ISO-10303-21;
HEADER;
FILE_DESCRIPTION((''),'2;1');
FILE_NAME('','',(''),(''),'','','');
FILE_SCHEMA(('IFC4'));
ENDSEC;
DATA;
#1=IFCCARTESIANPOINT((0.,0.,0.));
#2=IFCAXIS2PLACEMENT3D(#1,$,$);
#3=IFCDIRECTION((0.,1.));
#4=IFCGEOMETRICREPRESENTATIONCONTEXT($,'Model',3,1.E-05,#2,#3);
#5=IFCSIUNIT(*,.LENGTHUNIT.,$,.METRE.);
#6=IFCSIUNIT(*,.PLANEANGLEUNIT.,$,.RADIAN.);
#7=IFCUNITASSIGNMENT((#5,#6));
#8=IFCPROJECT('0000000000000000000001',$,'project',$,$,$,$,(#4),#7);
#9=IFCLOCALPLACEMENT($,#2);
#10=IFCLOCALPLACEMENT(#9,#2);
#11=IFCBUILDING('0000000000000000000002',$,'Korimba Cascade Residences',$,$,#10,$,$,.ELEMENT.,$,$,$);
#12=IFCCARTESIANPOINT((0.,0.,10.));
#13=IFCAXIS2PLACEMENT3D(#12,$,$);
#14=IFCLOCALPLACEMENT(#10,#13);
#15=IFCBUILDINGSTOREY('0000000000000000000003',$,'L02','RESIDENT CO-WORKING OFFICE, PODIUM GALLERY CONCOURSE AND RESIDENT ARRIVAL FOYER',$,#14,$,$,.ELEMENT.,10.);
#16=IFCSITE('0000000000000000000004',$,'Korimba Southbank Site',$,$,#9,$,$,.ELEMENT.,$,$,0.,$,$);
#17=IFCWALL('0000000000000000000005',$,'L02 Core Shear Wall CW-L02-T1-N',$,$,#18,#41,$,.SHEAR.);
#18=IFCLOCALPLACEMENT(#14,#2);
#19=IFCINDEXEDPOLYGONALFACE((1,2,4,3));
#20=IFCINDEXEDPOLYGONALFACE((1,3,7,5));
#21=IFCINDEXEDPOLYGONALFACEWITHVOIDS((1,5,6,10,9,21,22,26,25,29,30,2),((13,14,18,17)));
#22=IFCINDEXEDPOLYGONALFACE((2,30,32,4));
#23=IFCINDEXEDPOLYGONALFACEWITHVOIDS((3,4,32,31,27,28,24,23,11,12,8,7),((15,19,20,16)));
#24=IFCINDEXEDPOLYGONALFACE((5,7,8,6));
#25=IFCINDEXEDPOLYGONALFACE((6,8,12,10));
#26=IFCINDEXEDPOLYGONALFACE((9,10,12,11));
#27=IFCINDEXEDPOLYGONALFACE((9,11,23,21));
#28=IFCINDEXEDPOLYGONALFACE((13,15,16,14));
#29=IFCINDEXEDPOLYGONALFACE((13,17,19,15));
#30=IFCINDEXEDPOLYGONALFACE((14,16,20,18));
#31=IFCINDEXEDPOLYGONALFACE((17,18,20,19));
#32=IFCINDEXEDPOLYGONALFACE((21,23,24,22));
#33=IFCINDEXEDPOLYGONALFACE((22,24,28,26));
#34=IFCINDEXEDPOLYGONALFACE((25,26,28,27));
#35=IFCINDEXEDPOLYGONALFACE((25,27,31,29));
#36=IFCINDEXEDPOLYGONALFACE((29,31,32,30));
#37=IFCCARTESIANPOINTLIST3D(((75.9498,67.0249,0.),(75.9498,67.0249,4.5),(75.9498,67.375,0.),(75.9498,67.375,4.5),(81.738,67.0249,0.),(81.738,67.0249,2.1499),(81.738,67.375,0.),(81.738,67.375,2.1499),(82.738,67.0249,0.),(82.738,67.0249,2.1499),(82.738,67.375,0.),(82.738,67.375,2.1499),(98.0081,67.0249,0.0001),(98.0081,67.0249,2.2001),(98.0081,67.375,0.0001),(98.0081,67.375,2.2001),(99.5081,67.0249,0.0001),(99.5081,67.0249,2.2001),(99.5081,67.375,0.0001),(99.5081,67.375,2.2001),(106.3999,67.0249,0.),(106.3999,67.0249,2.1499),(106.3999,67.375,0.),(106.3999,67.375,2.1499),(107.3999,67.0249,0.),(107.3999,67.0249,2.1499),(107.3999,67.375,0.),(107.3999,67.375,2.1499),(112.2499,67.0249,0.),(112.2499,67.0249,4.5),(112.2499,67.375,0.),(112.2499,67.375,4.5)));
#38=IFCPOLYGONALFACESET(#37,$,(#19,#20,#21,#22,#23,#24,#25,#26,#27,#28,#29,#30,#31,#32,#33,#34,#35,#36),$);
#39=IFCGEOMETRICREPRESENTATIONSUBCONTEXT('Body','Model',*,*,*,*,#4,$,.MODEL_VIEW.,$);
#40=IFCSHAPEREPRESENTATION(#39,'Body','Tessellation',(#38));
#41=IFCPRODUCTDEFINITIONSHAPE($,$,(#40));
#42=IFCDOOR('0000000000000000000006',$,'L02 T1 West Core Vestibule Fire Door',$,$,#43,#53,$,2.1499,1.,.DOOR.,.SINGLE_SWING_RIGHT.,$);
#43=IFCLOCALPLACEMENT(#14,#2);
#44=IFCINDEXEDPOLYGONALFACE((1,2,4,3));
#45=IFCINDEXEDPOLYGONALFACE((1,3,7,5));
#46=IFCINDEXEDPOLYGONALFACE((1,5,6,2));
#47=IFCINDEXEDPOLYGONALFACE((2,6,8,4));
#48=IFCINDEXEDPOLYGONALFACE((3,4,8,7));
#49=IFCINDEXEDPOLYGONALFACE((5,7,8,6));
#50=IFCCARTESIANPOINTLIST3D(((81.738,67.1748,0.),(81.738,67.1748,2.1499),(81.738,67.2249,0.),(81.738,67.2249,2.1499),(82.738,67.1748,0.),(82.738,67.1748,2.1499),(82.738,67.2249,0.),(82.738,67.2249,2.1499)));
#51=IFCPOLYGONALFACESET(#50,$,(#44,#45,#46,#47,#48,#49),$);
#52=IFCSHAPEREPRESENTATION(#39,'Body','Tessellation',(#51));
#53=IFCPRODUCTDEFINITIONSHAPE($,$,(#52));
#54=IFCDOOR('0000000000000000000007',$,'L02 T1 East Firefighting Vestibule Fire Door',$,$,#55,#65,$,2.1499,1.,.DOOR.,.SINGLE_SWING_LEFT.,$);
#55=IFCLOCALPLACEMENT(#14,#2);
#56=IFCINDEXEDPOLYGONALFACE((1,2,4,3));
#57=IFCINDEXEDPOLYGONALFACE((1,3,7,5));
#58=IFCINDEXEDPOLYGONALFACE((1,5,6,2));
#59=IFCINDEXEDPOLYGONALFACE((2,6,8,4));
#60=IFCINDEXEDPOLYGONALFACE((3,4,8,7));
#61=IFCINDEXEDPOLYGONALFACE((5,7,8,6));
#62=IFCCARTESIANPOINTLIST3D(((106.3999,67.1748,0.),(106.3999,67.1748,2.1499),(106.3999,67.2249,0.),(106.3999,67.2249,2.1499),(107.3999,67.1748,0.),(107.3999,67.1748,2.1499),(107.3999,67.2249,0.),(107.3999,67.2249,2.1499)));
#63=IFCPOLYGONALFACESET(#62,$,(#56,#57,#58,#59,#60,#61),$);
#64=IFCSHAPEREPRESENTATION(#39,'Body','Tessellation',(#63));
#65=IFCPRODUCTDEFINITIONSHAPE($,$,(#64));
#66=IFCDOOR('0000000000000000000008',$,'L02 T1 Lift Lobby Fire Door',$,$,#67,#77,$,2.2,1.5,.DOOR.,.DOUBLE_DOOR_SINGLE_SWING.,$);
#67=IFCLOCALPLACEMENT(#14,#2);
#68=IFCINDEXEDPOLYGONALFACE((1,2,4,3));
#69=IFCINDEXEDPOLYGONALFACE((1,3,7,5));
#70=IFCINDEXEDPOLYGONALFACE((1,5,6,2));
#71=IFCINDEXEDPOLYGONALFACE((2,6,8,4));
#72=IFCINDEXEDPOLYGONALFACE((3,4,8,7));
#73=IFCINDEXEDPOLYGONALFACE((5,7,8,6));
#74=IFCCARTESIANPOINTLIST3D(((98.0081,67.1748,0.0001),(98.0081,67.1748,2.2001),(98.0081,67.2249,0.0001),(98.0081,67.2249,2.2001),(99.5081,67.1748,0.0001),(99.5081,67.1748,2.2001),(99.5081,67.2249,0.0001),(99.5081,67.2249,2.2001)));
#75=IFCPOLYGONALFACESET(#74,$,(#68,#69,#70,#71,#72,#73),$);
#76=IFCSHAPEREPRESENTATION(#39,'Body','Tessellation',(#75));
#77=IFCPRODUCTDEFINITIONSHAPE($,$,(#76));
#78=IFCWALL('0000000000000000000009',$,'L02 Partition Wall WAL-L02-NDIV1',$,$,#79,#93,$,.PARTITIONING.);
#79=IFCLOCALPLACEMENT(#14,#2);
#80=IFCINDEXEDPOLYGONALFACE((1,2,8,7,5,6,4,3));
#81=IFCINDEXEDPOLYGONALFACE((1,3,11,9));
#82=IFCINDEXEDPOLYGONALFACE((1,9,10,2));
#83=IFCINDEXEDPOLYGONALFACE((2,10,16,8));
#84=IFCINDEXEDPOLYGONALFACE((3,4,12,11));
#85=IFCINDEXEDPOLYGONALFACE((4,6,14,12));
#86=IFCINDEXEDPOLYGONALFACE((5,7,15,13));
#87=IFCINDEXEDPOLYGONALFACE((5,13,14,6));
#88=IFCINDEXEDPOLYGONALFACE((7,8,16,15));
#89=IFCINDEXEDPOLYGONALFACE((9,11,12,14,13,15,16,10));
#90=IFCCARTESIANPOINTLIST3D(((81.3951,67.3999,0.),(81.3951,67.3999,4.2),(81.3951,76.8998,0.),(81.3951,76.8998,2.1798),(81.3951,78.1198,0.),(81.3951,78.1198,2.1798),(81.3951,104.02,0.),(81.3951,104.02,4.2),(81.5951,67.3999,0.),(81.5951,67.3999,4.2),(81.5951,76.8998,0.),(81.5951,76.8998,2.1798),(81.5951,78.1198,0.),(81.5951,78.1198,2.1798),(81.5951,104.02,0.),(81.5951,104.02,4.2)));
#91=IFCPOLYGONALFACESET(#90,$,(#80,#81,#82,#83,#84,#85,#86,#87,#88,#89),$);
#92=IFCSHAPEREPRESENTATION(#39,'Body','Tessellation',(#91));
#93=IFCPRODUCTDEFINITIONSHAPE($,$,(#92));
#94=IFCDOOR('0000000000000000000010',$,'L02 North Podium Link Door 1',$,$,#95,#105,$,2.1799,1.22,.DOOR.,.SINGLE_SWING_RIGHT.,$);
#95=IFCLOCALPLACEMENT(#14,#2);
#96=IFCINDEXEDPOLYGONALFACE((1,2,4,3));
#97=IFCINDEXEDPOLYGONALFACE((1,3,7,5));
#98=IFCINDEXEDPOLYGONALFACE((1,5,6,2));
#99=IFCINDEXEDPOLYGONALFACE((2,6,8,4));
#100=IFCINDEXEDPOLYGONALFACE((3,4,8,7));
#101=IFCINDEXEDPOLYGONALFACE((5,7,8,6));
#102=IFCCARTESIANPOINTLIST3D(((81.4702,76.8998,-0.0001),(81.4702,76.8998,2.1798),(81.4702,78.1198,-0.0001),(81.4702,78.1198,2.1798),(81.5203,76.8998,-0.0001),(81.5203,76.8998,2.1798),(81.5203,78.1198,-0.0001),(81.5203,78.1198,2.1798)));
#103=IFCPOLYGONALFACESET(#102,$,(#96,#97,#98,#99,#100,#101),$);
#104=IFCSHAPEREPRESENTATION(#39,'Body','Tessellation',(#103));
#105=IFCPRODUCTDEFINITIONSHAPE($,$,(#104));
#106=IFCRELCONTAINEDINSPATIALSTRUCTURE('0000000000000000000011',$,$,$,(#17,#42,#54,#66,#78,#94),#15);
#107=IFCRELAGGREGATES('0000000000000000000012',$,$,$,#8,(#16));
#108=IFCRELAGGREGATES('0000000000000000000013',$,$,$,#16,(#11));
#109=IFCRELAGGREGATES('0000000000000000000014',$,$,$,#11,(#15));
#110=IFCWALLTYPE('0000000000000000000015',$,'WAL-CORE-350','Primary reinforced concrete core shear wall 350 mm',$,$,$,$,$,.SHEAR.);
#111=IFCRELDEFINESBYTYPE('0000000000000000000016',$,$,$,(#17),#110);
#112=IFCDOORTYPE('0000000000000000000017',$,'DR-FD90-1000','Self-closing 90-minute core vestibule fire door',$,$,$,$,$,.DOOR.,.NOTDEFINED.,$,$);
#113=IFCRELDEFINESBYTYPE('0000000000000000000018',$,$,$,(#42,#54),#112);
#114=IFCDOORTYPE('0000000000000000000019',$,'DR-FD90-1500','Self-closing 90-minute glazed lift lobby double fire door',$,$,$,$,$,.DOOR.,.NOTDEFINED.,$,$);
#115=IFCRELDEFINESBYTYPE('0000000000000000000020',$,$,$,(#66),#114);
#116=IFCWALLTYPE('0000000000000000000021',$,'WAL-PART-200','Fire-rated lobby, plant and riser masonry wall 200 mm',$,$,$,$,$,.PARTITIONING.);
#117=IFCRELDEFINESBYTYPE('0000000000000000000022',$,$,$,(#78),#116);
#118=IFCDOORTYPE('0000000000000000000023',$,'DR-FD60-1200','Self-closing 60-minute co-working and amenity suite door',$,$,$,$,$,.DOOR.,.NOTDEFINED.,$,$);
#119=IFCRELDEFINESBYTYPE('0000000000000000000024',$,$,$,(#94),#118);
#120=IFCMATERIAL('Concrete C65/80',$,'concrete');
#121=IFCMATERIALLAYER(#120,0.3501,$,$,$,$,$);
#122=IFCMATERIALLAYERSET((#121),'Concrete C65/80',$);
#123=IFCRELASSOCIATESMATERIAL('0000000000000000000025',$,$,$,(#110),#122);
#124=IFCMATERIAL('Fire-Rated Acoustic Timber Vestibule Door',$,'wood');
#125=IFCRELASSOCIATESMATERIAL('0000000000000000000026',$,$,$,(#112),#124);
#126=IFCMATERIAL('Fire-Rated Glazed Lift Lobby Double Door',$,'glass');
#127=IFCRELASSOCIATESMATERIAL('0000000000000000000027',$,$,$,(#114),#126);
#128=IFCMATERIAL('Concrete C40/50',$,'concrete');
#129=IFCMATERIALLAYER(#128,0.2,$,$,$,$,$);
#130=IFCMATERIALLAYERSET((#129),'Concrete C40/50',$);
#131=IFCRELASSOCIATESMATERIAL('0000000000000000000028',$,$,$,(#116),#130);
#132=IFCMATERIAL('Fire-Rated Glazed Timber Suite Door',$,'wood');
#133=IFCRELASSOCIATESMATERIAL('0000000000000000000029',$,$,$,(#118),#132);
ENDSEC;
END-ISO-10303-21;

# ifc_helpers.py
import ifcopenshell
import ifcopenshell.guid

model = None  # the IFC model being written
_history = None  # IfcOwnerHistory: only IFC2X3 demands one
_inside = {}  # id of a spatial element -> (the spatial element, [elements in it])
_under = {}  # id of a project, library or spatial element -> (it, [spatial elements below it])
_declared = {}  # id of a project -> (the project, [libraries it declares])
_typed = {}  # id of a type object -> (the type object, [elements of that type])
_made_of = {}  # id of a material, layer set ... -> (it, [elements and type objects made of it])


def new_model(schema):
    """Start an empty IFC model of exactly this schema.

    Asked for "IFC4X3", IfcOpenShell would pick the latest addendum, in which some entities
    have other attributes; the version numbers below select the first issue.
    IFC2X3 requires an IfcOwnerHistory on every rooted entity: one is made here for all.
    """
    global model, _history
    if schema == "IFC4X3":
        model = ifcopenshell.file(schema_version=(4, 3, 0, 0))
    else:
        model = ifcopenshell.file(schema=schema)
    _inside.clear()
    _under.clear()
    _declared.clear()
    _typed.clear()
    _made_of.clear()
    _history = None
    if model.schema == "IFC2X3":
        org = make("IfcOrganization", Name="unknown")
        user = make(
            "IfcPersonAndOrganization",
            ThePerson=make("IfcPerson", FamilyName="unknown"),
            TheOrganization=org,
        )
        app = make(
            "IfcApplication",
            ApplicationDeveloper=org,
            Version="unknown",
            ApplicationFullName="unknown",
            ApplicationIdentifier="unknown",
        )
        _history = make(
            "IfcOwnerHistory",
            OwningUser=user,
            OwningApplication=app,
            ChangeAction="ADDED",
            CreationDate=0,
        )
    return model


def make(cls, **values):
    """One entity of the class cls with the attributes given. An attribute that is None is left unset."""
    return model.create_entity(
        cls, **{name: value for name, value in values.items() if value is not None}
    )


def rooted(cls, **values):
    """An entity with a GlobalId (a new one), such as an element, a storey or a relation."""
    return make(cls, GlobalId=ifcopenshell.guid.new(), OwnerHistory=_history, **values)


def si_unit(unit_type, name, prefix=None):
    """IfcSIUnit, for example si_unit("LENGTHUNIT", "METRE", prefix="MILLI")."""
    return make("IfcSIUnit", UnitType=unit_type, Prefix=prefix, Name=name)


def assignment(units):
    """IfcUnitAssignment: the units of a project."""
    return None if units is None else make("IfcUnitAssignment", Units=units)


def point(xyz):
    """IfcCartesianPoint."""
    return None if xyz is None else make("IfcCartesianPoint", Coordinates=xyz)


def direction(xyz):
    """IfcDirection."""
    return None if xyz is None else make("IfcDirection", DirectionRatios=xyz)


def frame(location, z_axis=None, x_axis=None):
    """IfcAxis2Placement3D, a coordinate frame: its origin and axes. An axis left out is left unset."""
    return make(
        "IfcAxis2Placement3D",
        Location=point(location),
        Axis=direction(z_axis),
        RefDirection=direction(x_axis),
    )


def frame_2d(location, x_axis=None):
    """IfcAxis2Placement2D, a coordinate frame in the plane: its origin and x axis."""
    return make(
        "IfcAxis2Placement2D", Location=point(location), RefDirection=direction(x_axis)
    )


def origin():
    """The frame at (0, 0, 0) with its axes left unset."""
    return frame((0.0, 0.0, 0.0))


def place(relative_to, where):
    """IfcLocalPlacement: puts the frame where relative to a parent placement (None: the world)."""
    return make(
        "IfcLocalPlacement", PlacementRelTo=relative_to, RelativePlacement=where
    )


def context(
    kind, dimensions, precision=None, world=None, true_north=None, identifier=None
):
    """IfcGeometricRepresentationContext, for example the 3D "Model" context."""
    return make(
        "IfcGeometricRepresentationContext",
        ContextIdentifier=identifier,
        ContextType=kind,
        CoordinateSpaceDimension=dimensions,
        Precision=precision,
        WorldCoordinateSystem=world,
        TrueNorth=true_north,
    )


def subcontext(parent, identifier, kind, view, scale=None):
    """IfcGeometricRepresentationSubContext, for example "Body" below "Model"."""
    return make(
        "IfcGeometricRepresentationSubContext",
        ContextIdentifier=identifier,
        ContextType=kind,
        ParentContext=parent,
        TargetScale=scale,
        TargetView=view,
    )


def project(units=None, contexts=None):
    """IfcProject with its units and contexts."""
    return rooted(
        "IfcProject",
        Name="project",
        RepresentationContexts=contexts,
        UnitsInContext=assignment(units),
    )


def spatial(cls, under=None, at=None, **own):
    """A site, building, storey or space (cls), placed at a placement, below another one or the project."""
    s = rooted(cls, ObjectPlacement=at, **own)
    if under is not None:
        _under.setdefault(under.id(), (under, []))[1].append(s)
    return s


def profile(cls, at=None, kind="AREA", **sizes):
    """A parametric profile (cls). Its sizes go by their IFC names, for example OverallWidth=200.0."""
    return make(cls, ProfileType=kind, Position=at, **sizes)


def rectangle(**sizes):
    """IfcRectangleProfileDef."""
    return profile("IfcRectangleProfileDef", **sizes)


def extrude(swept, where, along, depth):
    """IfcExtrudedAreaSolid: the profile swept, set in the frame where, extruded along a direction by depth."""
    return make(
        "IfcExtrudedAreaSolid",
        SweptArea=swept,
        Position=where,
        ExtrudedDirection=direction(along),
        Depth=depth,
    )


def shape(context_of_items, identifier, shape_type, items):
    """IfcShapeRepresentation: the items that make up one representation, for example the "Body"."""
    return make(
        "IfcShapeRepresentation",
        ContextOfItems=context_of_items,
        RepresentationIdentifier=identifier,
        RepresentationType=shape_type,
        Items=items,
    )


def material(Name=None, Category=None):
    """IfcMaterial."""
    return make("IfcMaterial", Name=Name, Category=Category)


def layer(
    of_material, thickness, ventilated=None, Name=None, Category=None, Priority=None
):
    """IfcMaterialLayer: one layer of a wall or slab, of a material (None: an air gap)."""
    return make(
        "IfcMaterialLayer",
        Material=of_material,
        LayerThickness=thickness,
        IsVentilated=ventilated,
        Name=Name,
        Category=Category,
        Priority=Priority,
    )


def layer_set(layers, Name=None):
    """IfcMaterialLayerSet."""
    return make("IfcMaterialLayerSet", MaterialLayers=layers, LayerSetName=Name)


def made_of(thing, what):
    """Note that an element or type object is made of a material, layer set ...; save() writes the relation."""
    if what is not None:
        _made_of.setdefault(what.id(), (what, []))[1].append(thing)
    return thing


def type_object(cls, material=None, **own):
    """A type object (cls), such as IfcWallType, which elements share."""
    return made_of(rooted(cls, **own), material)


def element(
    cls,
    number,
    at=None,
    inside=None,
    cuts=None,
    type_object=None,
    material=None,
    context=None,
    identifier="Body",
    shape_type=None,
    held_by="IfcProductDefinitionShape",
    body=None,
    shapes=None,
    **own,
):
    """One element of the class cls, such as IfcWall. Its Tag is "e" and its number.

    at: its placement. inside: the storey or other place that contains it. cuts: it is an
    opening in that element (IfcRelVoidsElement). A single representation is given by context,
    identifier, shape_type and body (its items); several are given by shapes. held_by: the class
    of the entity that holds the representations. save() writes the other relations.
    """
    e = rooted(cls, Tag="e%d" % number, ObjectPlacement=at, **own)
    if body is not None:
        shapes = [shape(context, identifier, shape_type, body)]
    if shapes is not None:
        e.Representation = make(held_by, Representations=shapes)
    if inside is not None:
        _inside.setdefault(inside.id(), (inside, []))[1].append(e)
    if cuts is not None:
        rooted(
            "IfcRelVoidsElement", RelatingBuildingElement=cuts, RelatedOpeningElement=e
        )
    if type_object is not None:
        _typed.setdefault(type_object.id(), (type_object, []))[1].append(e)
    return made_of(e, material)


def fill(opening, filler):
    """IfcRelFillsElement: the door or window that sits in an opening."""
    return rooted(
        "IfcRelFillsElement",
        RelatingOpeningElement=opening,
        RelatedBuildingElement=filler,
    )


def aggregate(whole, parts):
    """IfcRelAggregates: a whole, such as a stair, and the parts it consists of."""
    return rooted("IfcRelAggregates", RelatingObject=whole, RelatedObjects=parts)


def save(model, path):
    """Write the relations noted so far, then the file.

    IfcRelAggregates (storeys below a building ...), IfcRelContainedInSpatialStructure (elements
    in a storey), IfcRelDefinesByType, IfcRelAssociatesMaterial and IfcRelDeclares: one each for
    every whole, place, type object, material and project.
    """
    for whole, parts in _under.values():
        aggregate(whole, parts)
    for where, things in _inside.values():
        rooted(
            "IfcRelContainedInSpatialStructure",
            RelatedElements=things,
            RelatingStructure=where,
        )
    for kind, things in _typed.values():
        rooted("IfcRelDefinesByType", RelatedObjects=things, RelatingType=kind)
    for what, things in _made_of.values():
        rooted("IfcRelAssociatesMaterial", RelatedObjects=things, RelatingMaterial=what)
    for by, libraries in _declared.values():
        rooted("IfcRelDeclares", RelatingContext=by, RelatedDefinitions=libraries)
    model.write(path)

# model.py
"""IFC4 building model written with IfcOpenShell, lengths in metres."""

from ifc_helpers import new_model, si_unit, direction, frame, frame_2d, origin, place, context, subcontext, project, spatial, rectangle, extrude, material, layer, layer_set, type_object, element, fill, save


model = new_model("IFC4")

# Units and contexts
model_context = context("Model", 3, precision=1e-05, world=origin(), true_north=direction((0.0, 1.0)))
body_context = subcontext(model_context, "Body", "Model", "MODEL_VIEW")
ifc_project = project(units=[si_unit("LENGTHUNIT", "METRE"), si_unit("PLANEANGLEUNIT", "RADIAN")], contexts=[model_context])

# Site, building, storey
site_placement = place(None, origin())
site = spatial("IfcSite", under=ifc_project, at=site_placement, Name="Korimba Southbank Site", CompositionType="ELEMENT", RefElevation=0.0)
building_placement = place(site_placement, origin())
building = spatial("IfcBuilding", under=site, at=building_placement, Name="Korimba Cascade Residences", CompositionType="ELEMENT")
storey_placement = place(building_placement, frame((0.0, 0.0, 10.0)))
storey = spatial("IfcBuildingStorey", under=building, at=storey_placement, Name="L02", Description="RESIDENT CO-WORKING OFFICE, PODIUM GALLERY CONCOURSE AND RESIDENT ARRIVAL FOYER", CompositionType="ELEMENT", Elevation=10.0)

# Wall, openings, doors
ifc_material_1 = material(Name="Concrete C65/80", Category="concrete")
ifc_layer_1 = layer(ifc_material_1, 0.3501)
ifc_layer_set_1 = layer_set([ifc_layer_1], Name="Concrete C65/80")
wall_type_1 = type_object("IfcWallType", Name="WAL-CORE-350", Description="Primary reinforced concrete core shear wall 350 mm", PredefinedType="SHEAR", material=ifc_layer_set_1)
wall_1_placement = place(storey_placement, frame((75.95, 67.2, 0.0), z_axis=(0.0, 0.0, 1.0), x_axis=(1.0, 0.0, 0.0)))
wall_1 = element("IfcWall", 1, at=wall_1_placement, inside=storey, type_object=wall_type_1, Name="L02 Core Shear Wall CW-L02-T1-N", PredefinedType="SHEAR", context=body_context, shape_type="SweptSolid", body=[
    extrude(rectangle(XDim=36.3, YDim=0.3501, at=frame_2d((18.1499, 0.0))), origin(), (0.0, 0.0, 1.0), 4.5),
])
opening_1_placement = place(wall_1_placement, frame((5.7881, 0.0, 0.0)))
opening_1 = element("IfcOpeningElement", 2, at=opening_1_placement, cuts=wall_1, PredefinedType="OPENING", context=body_context, shape_type="SweptSolid", body=[
    extrude(rectangle(XDim=1.0, YDim=2.1499, at=frame_2d((0.5, 1.075))), frame((0.0, 0.1851, 0.0), z_axis=(0.0, -1.0, 0.0), x_axis=(1.0, 0.0, 0.0)), (0.0, 0.0, 1.0), 0.3701),
])
opening_2_placement = place(wall_1_placement, frame((22.0581, 0.0, 0.0)))
opening_2 = element("IfcOpeningElement", 3, at=opening_2_placement, cuts=wall_1, PredefinedType="OPENING", context=body_context, shape_type="SweptSolid", body=[
    extrude(rectangle(XDim=1.5, YDim=2.2, at=frame_2d((0.75, 1.1001))), frame((0.0, 0.1851, 0.0), z_axis=(0.0, -1.0, 0.0), x_axis=(1.0, 0.0, 0.0)), (0.0, 0.0, 1.0), 0.3701),
])
opening_3_placement = place(wall_1_placement, frame((30.45, 0.0, 0.0)))
opening_3 = element("IfcOpeningElement", 4, at=opening_3_placement, cuts=wall_1, PredefinedType="OPENING", context=body_context, shape_type="SweptSolid", body=[
    extrude(rectangle(XDim=1.0, YDim=2.1499, at=frame_2d((0.5, 1.075))), frame((0.0, 0.1851, 0.0), z_axis=(0.0, -1.0, 0.0), x_axis=(1.0, 0.0, 0.0)), (0.0, 0.0, 1.0), 0.3701),
])
ifc_material_2 = material(Name="Fire-Rated Acoustic Timber Vestibule Door", Category="wood")
door_type_1 = type_object("IfcDoorType", Name="DR-FD90-1000", Description="Self-closing 90-minute core vestibule fire door", OperationType="NOTDEFINED", PredefinedType="DOOR", material=ifc_material_2)
door_1_placement = place(opening_1_placement, origin())
door_1 = element("IfcDoor", 5, at=door_1_placement, inside=storey, type_object=door_type_1, Name="L02 T1 West Core Vestibule Fire Door", OperationType="SINGLE_SWING_RIGHT", OverallHeight=2.1499, OverallWidth=1.0, PredefinedType="DOOR", context=body_context, shape_type="SweptSolid", body=[
    extrude(rectangle(XDim=1.0, YDim=2.1499, at=frame_2d((0.5, 1.075))), frame((0.0, 0.0249, 0.0), z_axis=(0.0, -1.0, 0.0), x_axis=(1.0, 0.0, 0.0)), (0.0, 0.0, 1.0), 0.05),
])
fill(opening_1, door_1)
door_2_placement = place(opening_3_placement, origin())
door_2 = element("IfcDoor", 6, at=door_2_placement, inside=storey, type_object=door_type_1, Name="L02 T1 East Firefighting Vestibule Fire Door", OperationType="SINGLE_SWING_LEFT", OverallHeight=2.1499, OverallWidth=1.0, PredefinedType="DOOR", context=body_context, shape_type="SweptSolid", body=[
    extrude(rectangle(XDim=1.0, YDim=2.1499, at=frame_2d((0.5, 1.075))), frame((0.0, 0.0249, 0.0), z_axis=(0.0, -1.0, 0.0), x_axis=(1.0, 0.0, 0.0)), (0.0, 0.0, 1.0), 0.05),
])
fill(opening_3, door_2)
ifc_material_3 = material(Name="Fire-Rated Glazed Lift Lobby Double Door", Category="glass")
door_type_2 = type_object("IfcDoorType", Name="DR-FD90-1500", Description="Self-closing 90-minute glazed lift lobby double fire door", OperationType="NOTDEFINED", PredefinedType="DOOR", material=ifc_material_3)
door_3_placement = place(opening_2_placement, origin())
door_3 = element("IfcDoor", 7, at=door_3_placement, inside=storey, type_object=door_type_2, Name="L02 T1 Lift Lobby Fire Door", OperationType="DOUBLE_DOOR_SINGLE_SWING", OverallHeight=2.2, OverallWidth=1.5, PredefinedType="DOOR", context=body_context, shape_type="SweptSolid", body=[
    extrude(rectangle(XDim=1.5, YDim=2.2, at=frame_2d((0.75, 1.1001))), frame((0.0, 0.0249, 0.0), z_axis=(0.0, -1.0, 0.0), x_axis=(1.0, 0.0, 0.0)), (0.0, 0.0, 1.0), 0.05),
])
fill(opening_2, door_3)

# Wall, opening, door
ifc_material_4 = material(Name="Concrete C40/50", Category="concrete")
ifc_layer_2 = layer(ifc_material_4, 0.2)
ifc_layer_set_2 = layer_set([ifc_layer_2], Name="Concrete C40/50")
wall_type_2 = type_object("IfcWallType", Name="WAL-PART-200", Description="Fire-rated lobby, plant and riser masonry wall 200 mm", PredefinedType="PARTITIONING", material=ifc_layer_set_2)
wall_2_placement = place(storey_placement, frame((81.4951, 67.3999, 0.0), z_axis=(0.0, 0.0, 1.0), x_axis=(0.0, 1.0, 0.0)))
wall_2 = element("IfcWall", 8, at=wall_2_placement, inside=storey, type_object=wall_type_2, Name="L02 Partition Wall WAL-L02-NDIV1", PredefinedType="PARTITIONING", context=body_context, shape_type="SweptSolid", body=[
    extrude(rectangle(XDim=36.6201, YDim=0.2, at=frame_2d((18.3101, 0.0))), origin(), (0.0, 0.0, 1.0), 4.2),
])
opening_4_placement = place(wall_2_placement, frame((9.5, 0.0, 0.0)))
opening_4 = element("IfcOpeningElement", 9, at=opening_4_placement, cuts=wall_2, PredefinedType="OPENING", context=body_context, shape_type="SweptSolid", body=[
    extrude(rectangle(XDim=1.22, YDim=2.1799, at=frame_2d((0.6099, 1.0898))), frame((0.0, 0.1099, 0.0), z_axis=(0.0, -1.0, 0.0), x_axis=(1.0, 0.0, 0.0)), (0.0, 0.0, 1.0), 0.22),
])
ifc_material_5 = material(Name="Fire-Rated Glazed Timber Suite Door", Category="wood")
door_type_3 = type_object("IfcDoorType", Name="DR-FD60-1200", Description="Self-closing 60-minute co-working and amenity suite door", OperationType="NOTDEFINED", PredefinedType="DOOR", material=ifc_material_5)
door_4_placement = place(opening_4_placement, origin())
door_4 = element("IfcDoor", 10, at=door_4_placement, inside=storey, type_object=door_type_3, Name="L02 North Podium Link Door 1", OperationType="SINGLE_SWING_RIGHT", OverallHeight=2.1799, OverallWidth=1.22, PredefinedType="DOOR", context=body_context, shape_type="SweptSolid", body=[
    extrude(rectangle(XDim=1.22, YDim=2.1799, at=frame_2d((0.6099, 1.0898))), frame((0.0, 0.0249, 0.0), z_axis=(0.0, -1.0, 0.0), x_axis=(1.0, 0.0, 0.0)), (0.0, 0.0, 1.0), 0.05),
])
fill(opening_4, door_4)

save(model, "model.ifc")
